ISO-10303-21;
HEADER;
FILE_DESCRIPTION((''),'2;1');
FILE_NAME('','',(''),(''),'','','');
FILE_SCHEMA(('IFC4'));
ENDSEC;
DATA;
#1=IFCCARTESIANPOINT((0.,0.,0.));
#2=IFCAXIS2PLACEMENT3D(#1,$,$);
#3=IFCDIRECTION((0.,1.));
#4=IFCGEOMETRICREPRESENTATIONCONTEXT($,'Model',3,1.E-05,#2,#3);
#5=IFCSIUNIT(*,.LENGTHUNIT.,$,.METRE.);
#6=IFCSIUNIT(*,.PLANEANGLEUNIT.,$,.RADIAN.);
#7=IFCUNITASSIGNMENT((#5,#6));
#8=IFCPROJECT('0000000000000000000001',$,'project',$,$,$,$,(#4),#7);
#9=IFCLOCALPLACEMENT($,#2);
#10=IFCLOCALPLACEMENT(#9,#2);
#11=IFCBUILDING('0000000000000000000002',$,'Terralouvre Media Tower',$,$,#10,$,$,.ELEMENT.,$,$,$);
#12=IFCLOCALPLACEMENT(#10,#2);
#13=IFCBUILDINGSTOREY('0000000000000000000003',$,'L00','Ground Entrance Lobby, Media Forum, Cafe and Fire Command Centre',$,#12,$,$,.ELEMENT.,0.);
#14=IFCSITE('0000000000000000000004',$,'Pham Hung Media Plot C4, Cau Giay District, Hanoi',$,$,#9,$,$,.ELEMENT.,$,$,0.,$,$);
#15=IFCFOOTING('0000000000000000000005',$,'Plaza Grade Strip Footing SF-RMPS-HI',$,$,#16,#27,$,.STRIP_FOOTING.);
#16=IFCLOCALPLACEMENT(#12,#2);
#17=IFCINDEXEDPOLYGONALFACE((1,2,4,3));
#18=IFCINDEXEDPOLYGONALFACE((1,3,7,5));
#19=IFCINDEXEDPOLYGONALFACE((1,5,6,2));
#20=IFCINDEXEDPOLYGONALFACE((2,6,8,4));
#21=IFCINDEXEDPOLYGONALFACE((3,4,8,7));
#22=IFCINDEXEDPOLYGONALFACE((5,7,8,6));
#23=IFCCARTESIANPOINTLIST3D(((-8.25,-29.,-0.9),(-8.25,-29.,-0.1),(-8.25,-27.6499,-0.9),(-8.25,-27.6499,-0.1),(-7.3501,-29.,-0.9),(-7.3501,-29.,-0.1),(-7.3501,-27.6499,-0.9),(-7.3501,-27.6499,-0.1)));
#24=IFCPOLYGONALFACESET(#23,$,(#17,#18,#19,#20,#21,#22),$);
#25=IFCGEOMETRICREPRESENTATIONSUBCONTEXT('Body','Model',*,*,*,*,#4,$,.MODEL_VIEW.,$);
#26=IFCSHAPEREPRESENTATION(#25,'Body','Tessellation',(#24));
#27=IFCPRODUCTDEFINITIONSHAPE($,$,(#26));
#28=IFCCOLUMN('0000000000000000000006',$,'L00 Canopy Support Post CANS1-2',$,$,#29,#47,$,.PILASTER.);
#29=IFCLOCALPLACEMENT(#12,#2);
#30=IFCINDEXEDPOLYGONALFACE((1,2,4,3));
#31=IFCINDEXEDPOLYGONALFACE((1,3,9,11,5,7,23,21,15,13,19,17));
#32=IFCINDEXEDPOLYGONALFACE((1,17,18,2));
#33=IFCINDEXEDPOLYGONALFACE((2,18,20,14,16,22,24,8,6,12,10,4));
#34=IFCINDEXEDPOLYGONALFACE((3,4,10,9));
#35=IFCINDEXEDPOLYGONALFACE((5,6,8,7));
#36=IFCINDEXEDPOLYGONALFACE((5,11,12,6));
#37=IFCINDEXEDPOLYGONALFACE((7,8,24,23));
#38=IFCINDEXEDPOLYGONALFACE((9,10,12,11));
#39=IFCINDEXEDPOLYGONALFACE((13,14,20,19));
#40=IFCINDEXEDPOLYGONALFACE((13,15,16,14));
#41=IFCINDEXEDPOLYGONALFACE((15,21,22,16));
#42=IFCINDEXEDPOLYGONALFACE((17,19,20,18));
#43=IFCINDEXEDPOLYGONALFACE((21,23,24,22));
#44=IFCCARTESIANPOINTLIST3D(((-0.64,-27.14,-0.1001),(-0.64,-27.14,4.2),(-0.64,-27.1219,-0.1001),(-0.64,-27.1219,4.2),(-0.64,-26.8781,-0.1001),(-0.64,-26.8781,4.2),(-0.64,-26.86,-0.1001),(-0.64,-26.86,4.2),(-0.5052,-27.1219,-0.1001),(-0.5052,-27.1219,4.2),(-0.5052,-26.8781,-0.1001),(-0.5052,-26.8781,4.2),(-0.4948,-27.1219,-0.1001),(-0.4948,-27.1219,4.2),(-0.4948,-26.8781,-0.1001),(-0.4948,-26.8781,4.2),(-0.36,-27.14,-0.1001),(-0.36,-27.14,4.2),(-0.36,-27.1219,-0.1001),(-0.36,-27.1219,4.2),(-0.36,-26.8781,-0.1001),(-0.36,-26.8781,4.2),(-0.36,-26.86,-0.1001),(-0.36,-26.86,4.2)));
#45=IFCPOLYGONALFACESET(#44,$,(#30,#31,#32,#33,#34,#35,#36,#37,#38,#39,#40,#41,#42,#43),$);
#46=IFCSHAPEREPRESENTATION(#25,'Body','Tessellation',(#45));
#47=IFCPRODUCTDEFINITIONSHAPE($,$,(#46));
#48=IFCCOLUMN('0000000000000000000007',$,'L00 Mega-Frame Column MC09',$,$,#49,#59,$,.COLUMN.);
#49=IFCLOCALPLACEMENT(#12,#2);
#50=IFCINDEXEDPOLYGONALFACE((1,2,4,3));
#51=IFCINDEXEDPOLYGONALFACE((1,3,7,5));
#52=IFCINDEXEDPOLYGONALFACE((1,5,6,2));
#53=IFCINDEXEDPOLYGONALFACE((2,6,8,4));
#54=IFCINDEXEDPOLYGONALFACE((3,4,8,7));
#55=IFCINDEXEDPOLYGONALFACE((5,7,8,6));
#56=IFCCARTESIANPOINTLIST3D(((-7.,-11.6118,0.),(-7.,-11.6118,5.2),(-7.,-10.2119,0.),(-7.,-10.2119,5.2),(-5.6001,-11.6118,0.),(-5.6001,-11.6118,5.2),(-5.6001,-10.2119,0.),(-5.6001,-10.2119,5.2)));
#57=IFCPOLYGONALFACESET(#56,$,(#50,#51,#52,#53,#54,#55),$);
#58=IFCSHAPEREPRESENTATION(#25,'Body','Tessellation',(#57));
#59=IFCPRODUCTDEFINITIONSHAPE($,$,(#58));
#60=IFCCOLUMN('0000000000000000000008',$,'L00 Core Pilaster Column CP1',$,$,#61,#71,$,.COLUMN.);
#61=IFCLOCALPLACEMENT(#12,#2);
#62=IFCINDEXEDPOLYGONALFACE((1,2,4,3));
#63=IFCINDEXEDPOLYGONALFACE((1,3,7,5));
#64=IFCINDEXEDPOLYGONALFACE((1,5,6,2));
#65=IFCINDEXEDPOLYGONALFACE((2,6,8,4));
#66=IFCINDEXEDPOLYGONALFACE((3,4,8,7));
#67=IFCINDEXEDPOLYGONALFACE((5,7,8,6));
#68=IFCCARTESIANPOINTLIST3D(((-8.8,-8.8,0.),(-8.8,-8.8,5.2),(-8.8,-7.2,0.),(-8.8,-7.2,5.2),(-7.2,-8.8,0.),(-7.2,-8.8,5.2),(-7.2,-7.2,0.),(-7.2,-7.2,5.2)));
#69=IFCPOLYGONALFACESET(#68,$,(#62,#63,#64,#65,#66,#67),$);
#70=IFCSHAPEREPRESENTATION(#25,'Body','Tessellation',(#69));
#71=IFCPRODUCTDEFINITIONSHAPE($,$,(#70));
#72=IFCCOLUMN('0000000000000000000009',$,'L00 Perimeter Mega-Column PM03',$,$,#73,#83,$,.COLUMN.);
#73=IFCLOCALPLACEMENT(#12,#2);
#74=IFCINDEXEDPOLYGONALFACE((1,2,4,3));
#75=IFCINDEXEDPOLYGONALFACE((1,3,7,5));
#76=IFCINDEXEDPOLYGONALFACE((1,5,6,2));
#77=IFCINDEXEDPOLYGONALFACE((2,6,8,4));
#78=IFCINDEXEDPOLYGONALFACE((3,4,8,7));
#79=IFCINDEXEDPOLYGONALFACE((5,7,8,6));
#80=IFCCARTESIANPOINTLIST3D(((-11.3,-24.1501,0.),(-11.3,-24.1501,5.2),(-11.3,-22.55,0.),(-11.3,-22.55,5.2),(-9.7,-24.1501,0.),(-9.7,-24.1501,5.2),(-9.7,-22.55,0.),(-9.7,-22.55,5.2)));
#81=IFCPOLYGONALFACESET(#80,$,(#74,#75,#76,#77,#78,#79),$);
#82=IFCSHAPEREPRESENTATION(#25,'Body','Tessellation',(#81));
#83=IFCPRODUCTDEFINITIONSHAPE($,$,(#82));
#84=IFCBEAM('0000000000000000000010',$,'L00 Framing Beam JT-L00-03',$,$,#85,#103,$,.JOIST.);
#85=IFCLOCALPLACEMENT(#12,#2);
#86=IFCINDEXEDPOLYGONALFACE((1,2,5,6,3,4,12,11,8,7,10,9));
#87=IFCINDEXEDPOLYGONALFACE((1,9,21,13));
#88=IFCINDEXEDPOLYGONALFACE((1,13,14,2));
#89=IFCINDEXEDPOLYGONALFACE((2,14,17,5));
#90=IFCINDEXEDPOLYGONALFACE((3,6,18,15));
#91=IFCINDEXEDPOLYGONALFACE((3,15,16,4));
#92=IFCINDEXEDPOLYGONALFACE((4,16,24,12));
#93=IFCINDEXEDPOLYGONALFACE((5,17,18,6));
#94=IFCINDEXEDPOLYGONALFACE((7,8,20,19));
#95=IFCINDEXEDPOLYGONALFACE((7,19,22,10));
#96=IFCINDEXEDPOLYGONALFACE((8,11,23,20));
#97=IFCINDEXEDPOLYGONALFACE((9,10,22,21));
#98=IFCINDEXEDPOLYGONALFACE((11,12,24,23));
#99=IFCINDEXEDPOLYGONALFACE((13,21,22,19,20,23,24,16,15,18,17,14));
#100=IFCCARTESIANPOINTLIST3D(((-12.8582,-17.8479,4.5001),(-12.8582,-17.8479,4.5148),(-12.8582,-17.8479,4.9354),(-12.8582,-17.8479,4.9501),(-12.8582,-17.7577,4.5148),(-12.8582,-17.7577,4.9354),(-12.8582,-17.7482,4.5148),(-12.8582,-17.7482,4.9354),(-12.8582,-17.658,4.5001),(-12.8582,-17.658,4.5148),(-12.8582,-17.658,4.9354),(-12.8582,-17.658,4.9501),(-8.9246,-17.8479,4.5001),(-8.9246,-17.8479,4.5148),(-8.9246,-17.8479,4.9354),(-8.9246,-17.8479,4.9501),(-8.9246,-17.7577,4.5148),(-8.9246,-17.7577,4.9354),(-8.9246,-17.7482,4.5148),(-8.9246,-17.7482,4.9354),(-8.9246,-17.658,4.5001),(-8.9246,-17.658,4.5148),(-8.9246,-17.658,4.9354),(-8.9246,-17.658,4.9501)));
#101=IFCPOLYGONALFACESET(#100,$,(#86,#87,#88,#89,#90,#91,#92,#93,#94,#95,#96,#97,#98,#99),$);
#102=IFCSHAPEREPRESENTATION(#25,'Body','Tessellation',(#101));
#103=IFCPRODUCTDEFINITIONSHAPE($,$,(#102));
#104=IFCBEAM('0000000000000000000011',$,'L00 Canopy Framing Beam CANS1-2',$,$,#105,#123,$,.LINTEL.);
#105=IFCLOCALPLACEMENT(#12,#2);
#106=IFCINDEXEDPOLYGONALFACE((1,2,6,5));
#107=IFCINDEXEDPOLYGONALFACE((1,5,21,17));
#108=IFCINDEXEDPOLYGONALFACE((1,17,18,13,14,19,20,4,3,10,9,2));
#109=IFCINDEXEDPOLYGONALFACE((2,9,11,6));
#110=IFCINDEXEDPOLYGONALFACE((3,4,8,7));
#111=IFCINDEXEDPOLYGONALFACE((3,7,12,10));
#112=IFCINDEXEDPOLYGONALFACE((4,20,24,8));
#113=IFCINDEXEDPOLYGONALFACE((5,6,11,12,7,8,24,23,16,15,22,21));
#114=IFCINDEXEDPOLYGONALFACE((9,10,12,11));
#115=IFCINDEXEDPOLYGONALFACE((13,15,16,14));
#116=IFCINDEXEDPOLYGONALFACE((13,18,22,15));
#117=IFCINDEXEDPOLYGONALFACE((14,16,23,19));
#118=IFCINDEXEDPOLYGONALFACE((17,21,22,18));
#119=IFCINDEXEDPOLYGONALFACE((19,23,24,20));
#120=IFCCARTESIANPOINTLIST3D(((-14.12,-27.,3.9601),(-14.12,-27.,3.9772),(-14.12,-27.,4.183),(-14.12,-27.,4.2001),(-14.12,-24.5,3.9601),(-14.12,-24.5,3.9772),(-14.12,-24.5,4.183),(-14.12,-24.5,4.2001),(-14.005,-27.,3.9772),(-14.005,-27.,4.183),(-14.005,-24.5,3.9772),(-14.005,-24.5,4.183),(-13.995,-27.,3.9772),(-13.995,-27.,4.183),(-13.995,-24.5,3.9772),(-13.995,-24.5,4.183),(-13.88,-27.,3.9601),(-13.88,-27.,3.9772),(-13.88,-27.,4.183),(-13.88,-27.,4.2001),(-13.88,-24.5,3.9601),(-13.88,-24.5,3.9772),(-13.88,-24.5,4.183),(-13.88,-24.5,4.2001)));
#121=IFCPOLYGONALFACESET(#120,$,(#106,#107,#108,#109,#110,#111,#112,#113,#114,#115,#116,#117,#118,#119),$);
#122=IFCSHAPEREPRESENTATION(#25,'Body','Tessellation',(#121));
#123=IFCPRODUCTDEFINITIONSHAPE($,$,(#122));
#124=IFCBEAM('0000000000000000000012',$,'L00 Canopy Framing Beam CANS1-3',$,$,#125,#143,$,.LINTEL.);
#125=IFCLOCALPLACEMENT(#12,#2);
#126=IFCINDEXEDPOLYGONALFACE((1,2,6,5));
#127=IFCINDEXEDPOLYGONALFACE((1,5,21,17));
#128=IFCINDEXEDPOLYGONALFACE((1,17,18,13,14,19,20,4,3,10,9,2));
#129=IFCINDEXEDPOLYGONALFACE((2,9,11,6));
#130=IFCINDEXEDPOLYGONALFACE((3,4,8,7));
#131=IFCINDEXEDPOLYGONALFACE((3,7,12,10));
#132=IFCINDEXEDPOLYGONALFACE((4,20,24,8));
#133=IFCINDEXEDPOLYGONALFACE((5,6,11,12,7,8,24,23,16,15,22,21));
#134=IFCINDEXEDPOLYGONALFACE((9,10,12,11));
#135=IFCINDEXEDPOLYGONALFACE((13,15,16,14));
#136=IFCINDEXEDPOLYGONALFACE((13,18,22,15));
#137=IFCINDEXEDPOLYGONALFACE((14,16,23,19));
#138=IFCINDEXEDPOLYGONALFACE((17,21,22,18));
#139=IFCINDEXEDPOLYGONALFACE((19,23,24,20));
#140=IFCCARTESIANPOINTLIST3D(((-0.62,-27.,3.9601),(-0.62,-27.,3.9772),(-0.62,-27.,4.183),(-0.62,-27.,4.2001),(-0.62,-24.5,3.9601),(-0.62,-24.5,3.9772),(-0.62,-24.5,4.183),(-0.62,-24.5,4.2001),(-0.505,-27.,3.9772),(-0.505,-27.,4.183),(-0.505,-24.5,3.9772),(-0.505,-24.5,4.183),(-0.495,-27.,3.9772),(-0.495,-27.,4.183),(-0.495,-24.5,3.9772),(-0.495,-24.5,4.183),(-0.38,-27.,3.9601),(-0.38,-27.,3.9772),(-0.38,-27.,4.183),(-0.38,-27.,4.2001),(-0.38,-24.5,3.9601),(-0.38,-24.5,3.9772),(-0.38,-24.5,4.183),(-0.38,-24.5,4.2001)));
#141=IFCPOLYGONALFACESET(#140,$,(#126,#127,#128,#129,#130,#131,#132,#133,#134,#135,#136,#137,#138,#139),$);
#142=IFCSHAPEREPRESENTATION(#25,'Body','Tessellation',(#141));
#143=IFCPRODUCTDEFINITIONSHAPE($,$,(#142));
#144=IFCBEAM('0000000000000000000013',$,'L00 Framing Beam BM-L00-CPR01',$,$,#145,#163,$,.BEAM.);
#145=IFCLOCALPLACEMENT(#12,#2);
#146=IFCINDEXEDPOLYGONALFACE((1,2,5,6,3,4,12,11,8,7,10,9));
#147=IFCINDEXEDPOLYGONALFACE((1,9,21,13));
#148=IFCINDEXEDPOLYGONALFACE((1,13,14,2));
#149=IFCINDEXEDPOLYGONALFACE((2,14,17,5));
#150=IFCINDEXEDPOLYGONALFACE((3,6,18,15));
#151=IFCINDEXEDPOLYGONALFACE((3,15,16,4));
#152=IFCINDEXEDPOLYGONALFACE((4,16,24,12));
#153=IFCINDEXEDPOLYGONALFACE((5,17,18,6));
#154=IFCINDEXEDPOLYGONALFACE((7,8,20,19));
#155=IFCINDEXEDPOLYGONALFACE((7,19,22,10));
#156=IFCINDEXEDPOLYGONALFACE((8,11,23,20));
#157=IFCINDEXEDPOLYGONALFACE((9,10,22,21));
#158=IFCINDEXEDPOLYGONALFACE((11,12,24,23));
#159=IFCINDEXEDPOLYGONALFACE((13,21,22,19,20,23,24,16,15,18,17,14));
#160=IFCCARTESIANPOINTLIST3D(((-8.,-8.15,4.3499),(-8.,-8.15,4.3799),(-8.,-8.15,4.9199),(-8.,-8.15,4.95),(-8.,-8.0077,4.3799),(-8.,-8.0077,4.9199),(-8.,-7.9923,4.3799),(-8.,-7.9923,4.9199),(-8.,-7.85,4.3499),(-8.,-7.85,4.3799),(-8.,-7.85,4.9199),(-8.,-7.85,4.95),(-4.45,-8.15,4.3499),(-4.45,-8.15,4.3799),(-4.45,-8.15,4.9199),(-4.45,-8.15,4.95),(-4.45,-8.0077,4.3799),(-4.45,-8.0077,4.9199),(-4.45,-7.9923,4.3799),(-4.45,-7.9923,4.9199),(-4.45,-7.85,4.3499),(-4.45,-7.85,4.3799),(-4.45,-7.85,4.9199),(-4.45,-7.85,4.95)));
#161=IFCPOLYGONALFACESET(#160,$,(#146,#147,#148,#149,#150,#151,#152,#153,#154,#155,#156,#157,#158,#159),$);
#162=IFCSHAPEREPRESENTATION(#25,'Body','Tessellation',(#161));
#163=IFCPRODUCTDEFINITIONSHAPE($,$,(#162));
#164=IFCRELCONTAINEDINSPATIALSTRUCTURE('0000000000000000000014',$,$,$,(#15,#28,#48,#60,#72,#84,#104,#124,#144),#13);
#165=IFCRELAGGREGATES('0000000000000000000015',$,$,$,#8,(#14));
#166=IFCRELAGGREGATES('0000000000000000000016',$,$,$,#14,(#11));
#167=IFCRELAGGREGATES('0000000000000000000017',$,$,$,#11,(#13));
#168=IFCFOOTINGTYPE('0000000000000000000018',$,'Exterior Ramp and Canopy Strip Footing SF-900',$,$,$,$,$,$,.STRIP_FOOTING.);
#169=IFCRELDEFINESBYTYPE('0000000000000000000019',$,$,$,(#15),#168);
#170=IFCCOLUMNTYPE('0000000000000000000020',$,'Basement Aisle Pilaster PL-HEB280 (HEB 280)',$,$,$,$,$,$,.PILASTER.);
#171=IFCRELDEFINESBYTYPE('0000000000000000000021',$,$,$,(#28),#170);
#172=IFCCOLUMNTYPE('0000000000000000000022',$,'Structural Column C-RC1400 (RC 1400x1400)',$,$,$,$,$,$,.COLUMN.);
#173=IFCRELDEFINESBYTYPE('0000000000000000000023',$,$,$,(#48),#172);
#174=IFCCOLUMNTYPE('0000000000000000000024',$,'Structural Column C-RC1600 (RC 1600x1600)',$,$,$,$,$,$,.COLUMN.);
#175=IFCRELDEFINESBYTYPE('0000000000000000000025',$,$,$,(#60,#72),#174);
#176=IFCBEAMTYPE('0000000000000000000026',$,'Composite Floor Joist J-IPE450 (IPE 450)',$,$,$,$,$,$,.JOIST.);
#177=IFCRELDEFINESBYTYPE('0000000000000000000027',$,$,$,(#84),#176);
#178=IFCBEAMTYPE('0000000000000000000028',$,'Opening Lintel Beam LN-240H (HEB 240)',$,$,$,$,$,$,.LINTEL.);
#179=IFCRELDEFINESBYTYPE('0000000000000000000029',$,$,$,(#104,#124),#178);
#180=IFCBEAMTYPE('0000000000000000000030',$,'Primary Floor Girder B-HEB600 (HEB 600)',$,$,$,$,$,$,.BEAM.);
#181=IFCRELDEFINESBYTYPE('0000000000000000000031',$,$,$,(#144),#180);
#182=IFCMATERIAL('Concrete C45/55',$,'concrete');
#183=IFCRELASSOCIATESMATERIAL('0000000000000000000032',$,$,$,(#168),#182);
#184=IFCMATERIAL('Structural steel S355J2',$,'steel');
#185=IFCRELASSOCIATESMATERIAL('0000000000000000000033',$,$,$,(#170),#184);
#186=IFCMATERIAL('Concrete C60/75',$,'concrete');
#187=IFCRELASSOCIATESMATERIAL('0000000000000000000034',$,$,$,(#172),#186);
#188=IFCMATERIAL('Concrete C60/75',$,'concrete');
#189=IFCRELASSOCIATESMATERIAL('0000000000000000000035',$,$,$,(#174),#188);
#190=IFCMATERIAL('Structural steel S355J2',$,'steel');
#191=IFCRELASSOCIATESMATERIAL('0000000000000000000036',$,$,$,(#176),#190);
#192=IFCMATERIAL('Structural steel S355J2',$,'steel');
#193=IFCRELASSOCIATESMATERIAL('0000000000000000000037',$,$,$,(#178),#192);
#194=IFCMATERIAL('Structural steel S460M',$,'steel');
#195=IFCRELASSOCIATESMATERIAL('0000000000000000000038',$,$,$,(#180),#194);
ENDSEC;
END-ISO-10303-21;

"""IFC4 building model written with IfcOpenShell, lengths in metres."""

from ifc_helpers import new_model, si_unit, direction, frame, origin, origin_2d, place, context, subcontext, project, spatial, rectangle, i_section, extrude, material, material_profile, profile_set, type_object, element, save


model = new_model("IFC4")

# Units and contexts
model_context = context("Model", 3, precision=1e-05, world=origin(), true_north=direction((0.0, 1.0)))
body_context = subcontext(model_context, "Body", "Model", "MODEL_VIEW")
ifc_project = project(units=[si_unit("LENGTHUNIT", "METRE"), si_unit("PLANEANGLEUNIT", "RADIAN")], contexts=[model_context])

# Site, building, storey
site_placement = place(None, origin())
site = spatial("IfcSite", under=ifc_project, at=site_placement, Name="Pham Hung Media Plot C4, Cau Giay District, Hanoi", CompositionType="ELEMENT", RefElevation=0.0)
building_placement = place(site_placement, origin())
building = spatial("IfcBuilding", under=site, at=building_placement, Name="Terralouvre Media Tower", CompositionType="ELEMENT")
storey_placement = place(building_placement, origin())
storey = spatial("IfcBuildingStorey", under=building, at=storey_placement, Name="L00", Description="Ground Entrance Lobby, Media Forum, Cafe and Fire Command Centre", CompositionType="ELEMENT", Elevation=0.0)

# Footing
ifc_material_1 = material(Name="Concrete C45/55", Category="concrete")
ifc_material_profile_1 = material_profile(ifc_material_1, rectangle(XDim=0.8999, YDim=0.8, at=origin_2d()), Name="SF 900x800")
ifc_profile_set_1 = profile_set([ifc_material_profile_1], Name="Concrete C45/55")
footing_type = type_object("IfcFootingType", Name="Exterior Ramp and Canopy Strip Footing SF-900", PredefinedType="STRIP_FOOTING", material=ifc_profile_set_1)
footing_placement = place(storey_placement, frame((-7.8, -29.0, -0.5), z_axis=(0.0, 1.0, 0.0), x_axis=(-1.0, 0.0, 0.0)))
element("IfcFooting", 1, at=footing_placement, inside=storey, type_object=footing_type, Name="Plaza Grade Strip Footing SF-RMPS-HI", PredefinedType="STRIP_FOOTING", context=body_context, shape_type="SweptSolid", body=[
    extrude(rectangle(XDim=0.8999, YDim=0.8, at=origin_2d()), origin(), (0.0, 0.0, 1.0), 1.3501),
])

# Columns
ifc_material_2 = material(Name="Structural steel S355J2", Category="steel")
ifc_material_profile_2 = material_profile(ifc_material_2, i_section(OverallWidth=0.28, OverallDepth=0.28, WebThickness=0.0105, FlangeThickness=0.0181, at=origin_2d()), Name="HEB 280")
ifc_profile_set_2 = profile_set([ifc_material_profile_2], Name="Structural steel S355J2")
column_type_1 = type_object("IfcColumnType", Name="Basement Aisle Pilaster PL-HEB280 (HEB 280)", PredefinedType="PILASTER", material=ifc_profile_set_2)
column_1_placement = place(storey_placement, frame((-0.5, -27.0, -0.1001), z_axis=(0.0, 0.0, 1.0), x_axis=(1.0, 0.0, 0.0)))
element("IfcColumn", 2, at=column_1_placement, inside=storey, type_object=column_type_1, Name="L00 Canopy Support Post CANS1-2", PredefinedType="PILASTER", context=body_context, shape_type="SweptSolid", body=[
    extrude(i_section(OverallWidth=0.28, OverallDepth=0.28, WebThickness=0.0105, FlangeThickness=0.0181, at=origin_2d()), origin(), (0.0, 0.0, 1.0), 4.3),
])
ifc_material_3 = material(Name="Concrete C60/75", Category="concrete")
ifc_material_profile_3 = material_profile(ifc_material_3, rectangle(XDim=1.3999, YDim=1.3999, at=origin_2d()), Name="RC 1400x1400")
ifc_profile_set_3 = profile_set([ifc_material_profile_3], Name="Concrete C60/75")
column_type_2 = type_object("IfcColumnType", Name="Structural Column C-RC1400 (RC 1400x1400)", PredefinedType="COLUMN", material=ifc_profile_set_3)
column_2_placement = place(storey_placement, frame((-6.3, -10.9119, 0.0), z_axis=(0.0, 0.0, 1.0), x_axis=(1.0, 0.0, 0.0)))
element("IfcColumn", 3, at=column_2_placement, inside=storey, type_object=column_type_2, Name="L00 Mega-Frame Column MC09", PredefinedType="COLUMN", context=body_context, shape_type="SweptSolid", body=[
    extrude(rectangle(XDim=1.3999, YDim=1.3999, at=origin_2d()), origin(), (0.0, 0.0, 1.0), 5.2),
])
ifc_material_4 = material(Name="Concrete C60/75", Category="concrete")
ifc_material_profile_4 = material_profile(ifc_material_4, rectangle(XDim=1.6001, YDim=1.6001, at=origin_2d()), Name="RC 1600x1600")
ifc_profile_set_4 = profile_set([ifc_material_profile_4], Name="Concrete C60/75")
column_type_3 = type_object("IfcColumnType", Name="Structural Column C-RC1600 (RC 1600x1600)", PredefinedType="COLUMN", material=ifc_profile_set_4)
for number, where, z_axis, x_axis, name in (
    (4, (-8.0, -8.0, 0.0), (0.0, 0.0, 1.0), (1.0, 0.0, 0.0), "L00 Core Pilaster Column CP1"),
    (5, (-10.5, -23.3501, 0.0), (0.0, 0.0, 1.0), (1.0, 0.0, 0.0), "L00 Perimeter Mega-Column PM03"),
):
    element("IfcColumn", number, at=place(storey_placement, frame(where, z_axis=z_axis, x_axis=x_axis)), inside=storey, type_object=column_type_3, Name=name, PredefinedType="COLUMN", context=body_context, shape_type="SweptSolid", body=[
        extrude(rectangle(XDim=1.6001, YDim=1.6001, at=origin_2d()), origin(), (0.0, 0.0, 1.0), 5.2),
    ])

# Beams
ifc_material_5 = material(Name="Structural steel S355J2", Category="steel")
ifc_material_profile_5 = material_profile(ifc_material_5, i_section(OverallWidth=0.1899, OverallDepth=0.45, WebThickness=0.0095, FlangeThickness=0.0146, at=origin_2d()), Name="IPE 450")
ifc_profile_set_5 = profile_set([ifc_material_profile_5], Name="Structural steel S355J2")
beam_type_1 = type_object("IfcBeamType", Name="Composite Floor Joist J-IPE450 (IPE 450)", PredefinedType="JOIST", material=ifc_profile_set_5)
beam_1_placement = place(storey_placement, frame((-12.8582, -17.7529, 4.7251), z_axis=(1.0, 0.0, 0.0), x_axis=(0.0, 1.0, 0.0)))
element("IfcBeam", 6, at=beam_1_placement, inside=storey, type_object=beam_type_1, Name="L00 Framing Beam JT-L00-03", PredefinedType="JOIST", context=body_context, shape_type="SweptSolid", body=[
    extrude(i_section(OverallWidth=0.1899, OverallDepth=0.45, WebThickness=0.0095, FlangeThickness=0.0146, at=origin_2d()), origin(), (0.0, 0.0, 1.0), 3.9336),
])
ifc_material_6 = material(Name="Structural steel S355J2", Category="steel")
ifc_material_profile_6 = material_profile(ifc_material_6, i_section(OverallWidth=0.24, OverallDepth=0.24, WebThickness=0.01, FlangeThickness=0.0171, at=origin_2d()), Name="HEB 240")
ifc_profile_set_6 = profile_set([ifc_material_profile_6], Name="Structural steel S355J2")
beam_type_2 = type_object("IfcBeamType", Name="Opening Lintel Beam LN-240H (HEB 240)", PredefinedType="LINTEL", material=ifc_profile_set_6)
for number, where, z_axis, x_axis, name in (
    (7, (-14.0, -27.0, 4.0801), (0.0, 1.0, 0.0), (-1.0, 0.0, 0.0), "L00 Canopy Framing Beam CANS1-2"),
    (8, (-0.5, -27.0, 4.0801), (0.0, 1.0, 0.0), (-1.0, 0.0, 0.0), "L00 Canopy Framing Beam CANS1-3"),
):
    element("IfcBeam", number, at=place(storey_placement, frame(where, z_axis=z_axis, x_axis=x_axis)), inside=storey, type_object=beam_type_2, Name=name, PredefinedType="LINTEL", context=body_context, shape_type="SweptSolid", body=[
        extrude(i_section(OverallWidth=0.24, OverallDepth=0.24, WebThickness=0.01, FlangeThickness=0.0171, at=origin_2d()), origin(), (0.0, 0.0, 1.0), 2.5),
    ])
ifc_material_7 = material(Name="Structural steel S460M", Category="steel")
ifc_material_profile_7 = material_profile(ifc_material_7, i_section(OverallWidth=0.3, OverallDepth=0.6001, WebThickness=0.0154, FlangeThickness=0.03, at=origin_2d()), Name="HEB 600")
ifc_profile_set_7 = profile_set([ifc_material_profile_7], Name="Structural steel S460M")
beam_type_3 = type_object("IfcBeamType", Name="Primary Floor Girder B-HEB600 (HEB 600)", PredefinedType="BEAM", material=ifc_profile_set_7)
beam_2_placement = place(storey_placement, frame((-8.0, -8.0, 4.6499), z_axis=(1.0, 0.0, 0.0), x_axis=(0.0, 1.0, 0.0)))
element("IfcBeam", 9, at=beam_2_placement, inside=storey, type_object=beam_type_3, Name="L00 Framing Beam BM-L00-CPR01", PredefinedType="BEAM", context=body_context, shape_type="SweptSolid", body=[
    extrude(i_section(OverallWidth=0.3, OverallDepth=0.6001, WebThickness=0.0154, FlangeThickness=0.03, at=origin_2d()), origin(), (0.0, 0.0, 1.0), 3.55),
])

save(model, "model.ifc")
